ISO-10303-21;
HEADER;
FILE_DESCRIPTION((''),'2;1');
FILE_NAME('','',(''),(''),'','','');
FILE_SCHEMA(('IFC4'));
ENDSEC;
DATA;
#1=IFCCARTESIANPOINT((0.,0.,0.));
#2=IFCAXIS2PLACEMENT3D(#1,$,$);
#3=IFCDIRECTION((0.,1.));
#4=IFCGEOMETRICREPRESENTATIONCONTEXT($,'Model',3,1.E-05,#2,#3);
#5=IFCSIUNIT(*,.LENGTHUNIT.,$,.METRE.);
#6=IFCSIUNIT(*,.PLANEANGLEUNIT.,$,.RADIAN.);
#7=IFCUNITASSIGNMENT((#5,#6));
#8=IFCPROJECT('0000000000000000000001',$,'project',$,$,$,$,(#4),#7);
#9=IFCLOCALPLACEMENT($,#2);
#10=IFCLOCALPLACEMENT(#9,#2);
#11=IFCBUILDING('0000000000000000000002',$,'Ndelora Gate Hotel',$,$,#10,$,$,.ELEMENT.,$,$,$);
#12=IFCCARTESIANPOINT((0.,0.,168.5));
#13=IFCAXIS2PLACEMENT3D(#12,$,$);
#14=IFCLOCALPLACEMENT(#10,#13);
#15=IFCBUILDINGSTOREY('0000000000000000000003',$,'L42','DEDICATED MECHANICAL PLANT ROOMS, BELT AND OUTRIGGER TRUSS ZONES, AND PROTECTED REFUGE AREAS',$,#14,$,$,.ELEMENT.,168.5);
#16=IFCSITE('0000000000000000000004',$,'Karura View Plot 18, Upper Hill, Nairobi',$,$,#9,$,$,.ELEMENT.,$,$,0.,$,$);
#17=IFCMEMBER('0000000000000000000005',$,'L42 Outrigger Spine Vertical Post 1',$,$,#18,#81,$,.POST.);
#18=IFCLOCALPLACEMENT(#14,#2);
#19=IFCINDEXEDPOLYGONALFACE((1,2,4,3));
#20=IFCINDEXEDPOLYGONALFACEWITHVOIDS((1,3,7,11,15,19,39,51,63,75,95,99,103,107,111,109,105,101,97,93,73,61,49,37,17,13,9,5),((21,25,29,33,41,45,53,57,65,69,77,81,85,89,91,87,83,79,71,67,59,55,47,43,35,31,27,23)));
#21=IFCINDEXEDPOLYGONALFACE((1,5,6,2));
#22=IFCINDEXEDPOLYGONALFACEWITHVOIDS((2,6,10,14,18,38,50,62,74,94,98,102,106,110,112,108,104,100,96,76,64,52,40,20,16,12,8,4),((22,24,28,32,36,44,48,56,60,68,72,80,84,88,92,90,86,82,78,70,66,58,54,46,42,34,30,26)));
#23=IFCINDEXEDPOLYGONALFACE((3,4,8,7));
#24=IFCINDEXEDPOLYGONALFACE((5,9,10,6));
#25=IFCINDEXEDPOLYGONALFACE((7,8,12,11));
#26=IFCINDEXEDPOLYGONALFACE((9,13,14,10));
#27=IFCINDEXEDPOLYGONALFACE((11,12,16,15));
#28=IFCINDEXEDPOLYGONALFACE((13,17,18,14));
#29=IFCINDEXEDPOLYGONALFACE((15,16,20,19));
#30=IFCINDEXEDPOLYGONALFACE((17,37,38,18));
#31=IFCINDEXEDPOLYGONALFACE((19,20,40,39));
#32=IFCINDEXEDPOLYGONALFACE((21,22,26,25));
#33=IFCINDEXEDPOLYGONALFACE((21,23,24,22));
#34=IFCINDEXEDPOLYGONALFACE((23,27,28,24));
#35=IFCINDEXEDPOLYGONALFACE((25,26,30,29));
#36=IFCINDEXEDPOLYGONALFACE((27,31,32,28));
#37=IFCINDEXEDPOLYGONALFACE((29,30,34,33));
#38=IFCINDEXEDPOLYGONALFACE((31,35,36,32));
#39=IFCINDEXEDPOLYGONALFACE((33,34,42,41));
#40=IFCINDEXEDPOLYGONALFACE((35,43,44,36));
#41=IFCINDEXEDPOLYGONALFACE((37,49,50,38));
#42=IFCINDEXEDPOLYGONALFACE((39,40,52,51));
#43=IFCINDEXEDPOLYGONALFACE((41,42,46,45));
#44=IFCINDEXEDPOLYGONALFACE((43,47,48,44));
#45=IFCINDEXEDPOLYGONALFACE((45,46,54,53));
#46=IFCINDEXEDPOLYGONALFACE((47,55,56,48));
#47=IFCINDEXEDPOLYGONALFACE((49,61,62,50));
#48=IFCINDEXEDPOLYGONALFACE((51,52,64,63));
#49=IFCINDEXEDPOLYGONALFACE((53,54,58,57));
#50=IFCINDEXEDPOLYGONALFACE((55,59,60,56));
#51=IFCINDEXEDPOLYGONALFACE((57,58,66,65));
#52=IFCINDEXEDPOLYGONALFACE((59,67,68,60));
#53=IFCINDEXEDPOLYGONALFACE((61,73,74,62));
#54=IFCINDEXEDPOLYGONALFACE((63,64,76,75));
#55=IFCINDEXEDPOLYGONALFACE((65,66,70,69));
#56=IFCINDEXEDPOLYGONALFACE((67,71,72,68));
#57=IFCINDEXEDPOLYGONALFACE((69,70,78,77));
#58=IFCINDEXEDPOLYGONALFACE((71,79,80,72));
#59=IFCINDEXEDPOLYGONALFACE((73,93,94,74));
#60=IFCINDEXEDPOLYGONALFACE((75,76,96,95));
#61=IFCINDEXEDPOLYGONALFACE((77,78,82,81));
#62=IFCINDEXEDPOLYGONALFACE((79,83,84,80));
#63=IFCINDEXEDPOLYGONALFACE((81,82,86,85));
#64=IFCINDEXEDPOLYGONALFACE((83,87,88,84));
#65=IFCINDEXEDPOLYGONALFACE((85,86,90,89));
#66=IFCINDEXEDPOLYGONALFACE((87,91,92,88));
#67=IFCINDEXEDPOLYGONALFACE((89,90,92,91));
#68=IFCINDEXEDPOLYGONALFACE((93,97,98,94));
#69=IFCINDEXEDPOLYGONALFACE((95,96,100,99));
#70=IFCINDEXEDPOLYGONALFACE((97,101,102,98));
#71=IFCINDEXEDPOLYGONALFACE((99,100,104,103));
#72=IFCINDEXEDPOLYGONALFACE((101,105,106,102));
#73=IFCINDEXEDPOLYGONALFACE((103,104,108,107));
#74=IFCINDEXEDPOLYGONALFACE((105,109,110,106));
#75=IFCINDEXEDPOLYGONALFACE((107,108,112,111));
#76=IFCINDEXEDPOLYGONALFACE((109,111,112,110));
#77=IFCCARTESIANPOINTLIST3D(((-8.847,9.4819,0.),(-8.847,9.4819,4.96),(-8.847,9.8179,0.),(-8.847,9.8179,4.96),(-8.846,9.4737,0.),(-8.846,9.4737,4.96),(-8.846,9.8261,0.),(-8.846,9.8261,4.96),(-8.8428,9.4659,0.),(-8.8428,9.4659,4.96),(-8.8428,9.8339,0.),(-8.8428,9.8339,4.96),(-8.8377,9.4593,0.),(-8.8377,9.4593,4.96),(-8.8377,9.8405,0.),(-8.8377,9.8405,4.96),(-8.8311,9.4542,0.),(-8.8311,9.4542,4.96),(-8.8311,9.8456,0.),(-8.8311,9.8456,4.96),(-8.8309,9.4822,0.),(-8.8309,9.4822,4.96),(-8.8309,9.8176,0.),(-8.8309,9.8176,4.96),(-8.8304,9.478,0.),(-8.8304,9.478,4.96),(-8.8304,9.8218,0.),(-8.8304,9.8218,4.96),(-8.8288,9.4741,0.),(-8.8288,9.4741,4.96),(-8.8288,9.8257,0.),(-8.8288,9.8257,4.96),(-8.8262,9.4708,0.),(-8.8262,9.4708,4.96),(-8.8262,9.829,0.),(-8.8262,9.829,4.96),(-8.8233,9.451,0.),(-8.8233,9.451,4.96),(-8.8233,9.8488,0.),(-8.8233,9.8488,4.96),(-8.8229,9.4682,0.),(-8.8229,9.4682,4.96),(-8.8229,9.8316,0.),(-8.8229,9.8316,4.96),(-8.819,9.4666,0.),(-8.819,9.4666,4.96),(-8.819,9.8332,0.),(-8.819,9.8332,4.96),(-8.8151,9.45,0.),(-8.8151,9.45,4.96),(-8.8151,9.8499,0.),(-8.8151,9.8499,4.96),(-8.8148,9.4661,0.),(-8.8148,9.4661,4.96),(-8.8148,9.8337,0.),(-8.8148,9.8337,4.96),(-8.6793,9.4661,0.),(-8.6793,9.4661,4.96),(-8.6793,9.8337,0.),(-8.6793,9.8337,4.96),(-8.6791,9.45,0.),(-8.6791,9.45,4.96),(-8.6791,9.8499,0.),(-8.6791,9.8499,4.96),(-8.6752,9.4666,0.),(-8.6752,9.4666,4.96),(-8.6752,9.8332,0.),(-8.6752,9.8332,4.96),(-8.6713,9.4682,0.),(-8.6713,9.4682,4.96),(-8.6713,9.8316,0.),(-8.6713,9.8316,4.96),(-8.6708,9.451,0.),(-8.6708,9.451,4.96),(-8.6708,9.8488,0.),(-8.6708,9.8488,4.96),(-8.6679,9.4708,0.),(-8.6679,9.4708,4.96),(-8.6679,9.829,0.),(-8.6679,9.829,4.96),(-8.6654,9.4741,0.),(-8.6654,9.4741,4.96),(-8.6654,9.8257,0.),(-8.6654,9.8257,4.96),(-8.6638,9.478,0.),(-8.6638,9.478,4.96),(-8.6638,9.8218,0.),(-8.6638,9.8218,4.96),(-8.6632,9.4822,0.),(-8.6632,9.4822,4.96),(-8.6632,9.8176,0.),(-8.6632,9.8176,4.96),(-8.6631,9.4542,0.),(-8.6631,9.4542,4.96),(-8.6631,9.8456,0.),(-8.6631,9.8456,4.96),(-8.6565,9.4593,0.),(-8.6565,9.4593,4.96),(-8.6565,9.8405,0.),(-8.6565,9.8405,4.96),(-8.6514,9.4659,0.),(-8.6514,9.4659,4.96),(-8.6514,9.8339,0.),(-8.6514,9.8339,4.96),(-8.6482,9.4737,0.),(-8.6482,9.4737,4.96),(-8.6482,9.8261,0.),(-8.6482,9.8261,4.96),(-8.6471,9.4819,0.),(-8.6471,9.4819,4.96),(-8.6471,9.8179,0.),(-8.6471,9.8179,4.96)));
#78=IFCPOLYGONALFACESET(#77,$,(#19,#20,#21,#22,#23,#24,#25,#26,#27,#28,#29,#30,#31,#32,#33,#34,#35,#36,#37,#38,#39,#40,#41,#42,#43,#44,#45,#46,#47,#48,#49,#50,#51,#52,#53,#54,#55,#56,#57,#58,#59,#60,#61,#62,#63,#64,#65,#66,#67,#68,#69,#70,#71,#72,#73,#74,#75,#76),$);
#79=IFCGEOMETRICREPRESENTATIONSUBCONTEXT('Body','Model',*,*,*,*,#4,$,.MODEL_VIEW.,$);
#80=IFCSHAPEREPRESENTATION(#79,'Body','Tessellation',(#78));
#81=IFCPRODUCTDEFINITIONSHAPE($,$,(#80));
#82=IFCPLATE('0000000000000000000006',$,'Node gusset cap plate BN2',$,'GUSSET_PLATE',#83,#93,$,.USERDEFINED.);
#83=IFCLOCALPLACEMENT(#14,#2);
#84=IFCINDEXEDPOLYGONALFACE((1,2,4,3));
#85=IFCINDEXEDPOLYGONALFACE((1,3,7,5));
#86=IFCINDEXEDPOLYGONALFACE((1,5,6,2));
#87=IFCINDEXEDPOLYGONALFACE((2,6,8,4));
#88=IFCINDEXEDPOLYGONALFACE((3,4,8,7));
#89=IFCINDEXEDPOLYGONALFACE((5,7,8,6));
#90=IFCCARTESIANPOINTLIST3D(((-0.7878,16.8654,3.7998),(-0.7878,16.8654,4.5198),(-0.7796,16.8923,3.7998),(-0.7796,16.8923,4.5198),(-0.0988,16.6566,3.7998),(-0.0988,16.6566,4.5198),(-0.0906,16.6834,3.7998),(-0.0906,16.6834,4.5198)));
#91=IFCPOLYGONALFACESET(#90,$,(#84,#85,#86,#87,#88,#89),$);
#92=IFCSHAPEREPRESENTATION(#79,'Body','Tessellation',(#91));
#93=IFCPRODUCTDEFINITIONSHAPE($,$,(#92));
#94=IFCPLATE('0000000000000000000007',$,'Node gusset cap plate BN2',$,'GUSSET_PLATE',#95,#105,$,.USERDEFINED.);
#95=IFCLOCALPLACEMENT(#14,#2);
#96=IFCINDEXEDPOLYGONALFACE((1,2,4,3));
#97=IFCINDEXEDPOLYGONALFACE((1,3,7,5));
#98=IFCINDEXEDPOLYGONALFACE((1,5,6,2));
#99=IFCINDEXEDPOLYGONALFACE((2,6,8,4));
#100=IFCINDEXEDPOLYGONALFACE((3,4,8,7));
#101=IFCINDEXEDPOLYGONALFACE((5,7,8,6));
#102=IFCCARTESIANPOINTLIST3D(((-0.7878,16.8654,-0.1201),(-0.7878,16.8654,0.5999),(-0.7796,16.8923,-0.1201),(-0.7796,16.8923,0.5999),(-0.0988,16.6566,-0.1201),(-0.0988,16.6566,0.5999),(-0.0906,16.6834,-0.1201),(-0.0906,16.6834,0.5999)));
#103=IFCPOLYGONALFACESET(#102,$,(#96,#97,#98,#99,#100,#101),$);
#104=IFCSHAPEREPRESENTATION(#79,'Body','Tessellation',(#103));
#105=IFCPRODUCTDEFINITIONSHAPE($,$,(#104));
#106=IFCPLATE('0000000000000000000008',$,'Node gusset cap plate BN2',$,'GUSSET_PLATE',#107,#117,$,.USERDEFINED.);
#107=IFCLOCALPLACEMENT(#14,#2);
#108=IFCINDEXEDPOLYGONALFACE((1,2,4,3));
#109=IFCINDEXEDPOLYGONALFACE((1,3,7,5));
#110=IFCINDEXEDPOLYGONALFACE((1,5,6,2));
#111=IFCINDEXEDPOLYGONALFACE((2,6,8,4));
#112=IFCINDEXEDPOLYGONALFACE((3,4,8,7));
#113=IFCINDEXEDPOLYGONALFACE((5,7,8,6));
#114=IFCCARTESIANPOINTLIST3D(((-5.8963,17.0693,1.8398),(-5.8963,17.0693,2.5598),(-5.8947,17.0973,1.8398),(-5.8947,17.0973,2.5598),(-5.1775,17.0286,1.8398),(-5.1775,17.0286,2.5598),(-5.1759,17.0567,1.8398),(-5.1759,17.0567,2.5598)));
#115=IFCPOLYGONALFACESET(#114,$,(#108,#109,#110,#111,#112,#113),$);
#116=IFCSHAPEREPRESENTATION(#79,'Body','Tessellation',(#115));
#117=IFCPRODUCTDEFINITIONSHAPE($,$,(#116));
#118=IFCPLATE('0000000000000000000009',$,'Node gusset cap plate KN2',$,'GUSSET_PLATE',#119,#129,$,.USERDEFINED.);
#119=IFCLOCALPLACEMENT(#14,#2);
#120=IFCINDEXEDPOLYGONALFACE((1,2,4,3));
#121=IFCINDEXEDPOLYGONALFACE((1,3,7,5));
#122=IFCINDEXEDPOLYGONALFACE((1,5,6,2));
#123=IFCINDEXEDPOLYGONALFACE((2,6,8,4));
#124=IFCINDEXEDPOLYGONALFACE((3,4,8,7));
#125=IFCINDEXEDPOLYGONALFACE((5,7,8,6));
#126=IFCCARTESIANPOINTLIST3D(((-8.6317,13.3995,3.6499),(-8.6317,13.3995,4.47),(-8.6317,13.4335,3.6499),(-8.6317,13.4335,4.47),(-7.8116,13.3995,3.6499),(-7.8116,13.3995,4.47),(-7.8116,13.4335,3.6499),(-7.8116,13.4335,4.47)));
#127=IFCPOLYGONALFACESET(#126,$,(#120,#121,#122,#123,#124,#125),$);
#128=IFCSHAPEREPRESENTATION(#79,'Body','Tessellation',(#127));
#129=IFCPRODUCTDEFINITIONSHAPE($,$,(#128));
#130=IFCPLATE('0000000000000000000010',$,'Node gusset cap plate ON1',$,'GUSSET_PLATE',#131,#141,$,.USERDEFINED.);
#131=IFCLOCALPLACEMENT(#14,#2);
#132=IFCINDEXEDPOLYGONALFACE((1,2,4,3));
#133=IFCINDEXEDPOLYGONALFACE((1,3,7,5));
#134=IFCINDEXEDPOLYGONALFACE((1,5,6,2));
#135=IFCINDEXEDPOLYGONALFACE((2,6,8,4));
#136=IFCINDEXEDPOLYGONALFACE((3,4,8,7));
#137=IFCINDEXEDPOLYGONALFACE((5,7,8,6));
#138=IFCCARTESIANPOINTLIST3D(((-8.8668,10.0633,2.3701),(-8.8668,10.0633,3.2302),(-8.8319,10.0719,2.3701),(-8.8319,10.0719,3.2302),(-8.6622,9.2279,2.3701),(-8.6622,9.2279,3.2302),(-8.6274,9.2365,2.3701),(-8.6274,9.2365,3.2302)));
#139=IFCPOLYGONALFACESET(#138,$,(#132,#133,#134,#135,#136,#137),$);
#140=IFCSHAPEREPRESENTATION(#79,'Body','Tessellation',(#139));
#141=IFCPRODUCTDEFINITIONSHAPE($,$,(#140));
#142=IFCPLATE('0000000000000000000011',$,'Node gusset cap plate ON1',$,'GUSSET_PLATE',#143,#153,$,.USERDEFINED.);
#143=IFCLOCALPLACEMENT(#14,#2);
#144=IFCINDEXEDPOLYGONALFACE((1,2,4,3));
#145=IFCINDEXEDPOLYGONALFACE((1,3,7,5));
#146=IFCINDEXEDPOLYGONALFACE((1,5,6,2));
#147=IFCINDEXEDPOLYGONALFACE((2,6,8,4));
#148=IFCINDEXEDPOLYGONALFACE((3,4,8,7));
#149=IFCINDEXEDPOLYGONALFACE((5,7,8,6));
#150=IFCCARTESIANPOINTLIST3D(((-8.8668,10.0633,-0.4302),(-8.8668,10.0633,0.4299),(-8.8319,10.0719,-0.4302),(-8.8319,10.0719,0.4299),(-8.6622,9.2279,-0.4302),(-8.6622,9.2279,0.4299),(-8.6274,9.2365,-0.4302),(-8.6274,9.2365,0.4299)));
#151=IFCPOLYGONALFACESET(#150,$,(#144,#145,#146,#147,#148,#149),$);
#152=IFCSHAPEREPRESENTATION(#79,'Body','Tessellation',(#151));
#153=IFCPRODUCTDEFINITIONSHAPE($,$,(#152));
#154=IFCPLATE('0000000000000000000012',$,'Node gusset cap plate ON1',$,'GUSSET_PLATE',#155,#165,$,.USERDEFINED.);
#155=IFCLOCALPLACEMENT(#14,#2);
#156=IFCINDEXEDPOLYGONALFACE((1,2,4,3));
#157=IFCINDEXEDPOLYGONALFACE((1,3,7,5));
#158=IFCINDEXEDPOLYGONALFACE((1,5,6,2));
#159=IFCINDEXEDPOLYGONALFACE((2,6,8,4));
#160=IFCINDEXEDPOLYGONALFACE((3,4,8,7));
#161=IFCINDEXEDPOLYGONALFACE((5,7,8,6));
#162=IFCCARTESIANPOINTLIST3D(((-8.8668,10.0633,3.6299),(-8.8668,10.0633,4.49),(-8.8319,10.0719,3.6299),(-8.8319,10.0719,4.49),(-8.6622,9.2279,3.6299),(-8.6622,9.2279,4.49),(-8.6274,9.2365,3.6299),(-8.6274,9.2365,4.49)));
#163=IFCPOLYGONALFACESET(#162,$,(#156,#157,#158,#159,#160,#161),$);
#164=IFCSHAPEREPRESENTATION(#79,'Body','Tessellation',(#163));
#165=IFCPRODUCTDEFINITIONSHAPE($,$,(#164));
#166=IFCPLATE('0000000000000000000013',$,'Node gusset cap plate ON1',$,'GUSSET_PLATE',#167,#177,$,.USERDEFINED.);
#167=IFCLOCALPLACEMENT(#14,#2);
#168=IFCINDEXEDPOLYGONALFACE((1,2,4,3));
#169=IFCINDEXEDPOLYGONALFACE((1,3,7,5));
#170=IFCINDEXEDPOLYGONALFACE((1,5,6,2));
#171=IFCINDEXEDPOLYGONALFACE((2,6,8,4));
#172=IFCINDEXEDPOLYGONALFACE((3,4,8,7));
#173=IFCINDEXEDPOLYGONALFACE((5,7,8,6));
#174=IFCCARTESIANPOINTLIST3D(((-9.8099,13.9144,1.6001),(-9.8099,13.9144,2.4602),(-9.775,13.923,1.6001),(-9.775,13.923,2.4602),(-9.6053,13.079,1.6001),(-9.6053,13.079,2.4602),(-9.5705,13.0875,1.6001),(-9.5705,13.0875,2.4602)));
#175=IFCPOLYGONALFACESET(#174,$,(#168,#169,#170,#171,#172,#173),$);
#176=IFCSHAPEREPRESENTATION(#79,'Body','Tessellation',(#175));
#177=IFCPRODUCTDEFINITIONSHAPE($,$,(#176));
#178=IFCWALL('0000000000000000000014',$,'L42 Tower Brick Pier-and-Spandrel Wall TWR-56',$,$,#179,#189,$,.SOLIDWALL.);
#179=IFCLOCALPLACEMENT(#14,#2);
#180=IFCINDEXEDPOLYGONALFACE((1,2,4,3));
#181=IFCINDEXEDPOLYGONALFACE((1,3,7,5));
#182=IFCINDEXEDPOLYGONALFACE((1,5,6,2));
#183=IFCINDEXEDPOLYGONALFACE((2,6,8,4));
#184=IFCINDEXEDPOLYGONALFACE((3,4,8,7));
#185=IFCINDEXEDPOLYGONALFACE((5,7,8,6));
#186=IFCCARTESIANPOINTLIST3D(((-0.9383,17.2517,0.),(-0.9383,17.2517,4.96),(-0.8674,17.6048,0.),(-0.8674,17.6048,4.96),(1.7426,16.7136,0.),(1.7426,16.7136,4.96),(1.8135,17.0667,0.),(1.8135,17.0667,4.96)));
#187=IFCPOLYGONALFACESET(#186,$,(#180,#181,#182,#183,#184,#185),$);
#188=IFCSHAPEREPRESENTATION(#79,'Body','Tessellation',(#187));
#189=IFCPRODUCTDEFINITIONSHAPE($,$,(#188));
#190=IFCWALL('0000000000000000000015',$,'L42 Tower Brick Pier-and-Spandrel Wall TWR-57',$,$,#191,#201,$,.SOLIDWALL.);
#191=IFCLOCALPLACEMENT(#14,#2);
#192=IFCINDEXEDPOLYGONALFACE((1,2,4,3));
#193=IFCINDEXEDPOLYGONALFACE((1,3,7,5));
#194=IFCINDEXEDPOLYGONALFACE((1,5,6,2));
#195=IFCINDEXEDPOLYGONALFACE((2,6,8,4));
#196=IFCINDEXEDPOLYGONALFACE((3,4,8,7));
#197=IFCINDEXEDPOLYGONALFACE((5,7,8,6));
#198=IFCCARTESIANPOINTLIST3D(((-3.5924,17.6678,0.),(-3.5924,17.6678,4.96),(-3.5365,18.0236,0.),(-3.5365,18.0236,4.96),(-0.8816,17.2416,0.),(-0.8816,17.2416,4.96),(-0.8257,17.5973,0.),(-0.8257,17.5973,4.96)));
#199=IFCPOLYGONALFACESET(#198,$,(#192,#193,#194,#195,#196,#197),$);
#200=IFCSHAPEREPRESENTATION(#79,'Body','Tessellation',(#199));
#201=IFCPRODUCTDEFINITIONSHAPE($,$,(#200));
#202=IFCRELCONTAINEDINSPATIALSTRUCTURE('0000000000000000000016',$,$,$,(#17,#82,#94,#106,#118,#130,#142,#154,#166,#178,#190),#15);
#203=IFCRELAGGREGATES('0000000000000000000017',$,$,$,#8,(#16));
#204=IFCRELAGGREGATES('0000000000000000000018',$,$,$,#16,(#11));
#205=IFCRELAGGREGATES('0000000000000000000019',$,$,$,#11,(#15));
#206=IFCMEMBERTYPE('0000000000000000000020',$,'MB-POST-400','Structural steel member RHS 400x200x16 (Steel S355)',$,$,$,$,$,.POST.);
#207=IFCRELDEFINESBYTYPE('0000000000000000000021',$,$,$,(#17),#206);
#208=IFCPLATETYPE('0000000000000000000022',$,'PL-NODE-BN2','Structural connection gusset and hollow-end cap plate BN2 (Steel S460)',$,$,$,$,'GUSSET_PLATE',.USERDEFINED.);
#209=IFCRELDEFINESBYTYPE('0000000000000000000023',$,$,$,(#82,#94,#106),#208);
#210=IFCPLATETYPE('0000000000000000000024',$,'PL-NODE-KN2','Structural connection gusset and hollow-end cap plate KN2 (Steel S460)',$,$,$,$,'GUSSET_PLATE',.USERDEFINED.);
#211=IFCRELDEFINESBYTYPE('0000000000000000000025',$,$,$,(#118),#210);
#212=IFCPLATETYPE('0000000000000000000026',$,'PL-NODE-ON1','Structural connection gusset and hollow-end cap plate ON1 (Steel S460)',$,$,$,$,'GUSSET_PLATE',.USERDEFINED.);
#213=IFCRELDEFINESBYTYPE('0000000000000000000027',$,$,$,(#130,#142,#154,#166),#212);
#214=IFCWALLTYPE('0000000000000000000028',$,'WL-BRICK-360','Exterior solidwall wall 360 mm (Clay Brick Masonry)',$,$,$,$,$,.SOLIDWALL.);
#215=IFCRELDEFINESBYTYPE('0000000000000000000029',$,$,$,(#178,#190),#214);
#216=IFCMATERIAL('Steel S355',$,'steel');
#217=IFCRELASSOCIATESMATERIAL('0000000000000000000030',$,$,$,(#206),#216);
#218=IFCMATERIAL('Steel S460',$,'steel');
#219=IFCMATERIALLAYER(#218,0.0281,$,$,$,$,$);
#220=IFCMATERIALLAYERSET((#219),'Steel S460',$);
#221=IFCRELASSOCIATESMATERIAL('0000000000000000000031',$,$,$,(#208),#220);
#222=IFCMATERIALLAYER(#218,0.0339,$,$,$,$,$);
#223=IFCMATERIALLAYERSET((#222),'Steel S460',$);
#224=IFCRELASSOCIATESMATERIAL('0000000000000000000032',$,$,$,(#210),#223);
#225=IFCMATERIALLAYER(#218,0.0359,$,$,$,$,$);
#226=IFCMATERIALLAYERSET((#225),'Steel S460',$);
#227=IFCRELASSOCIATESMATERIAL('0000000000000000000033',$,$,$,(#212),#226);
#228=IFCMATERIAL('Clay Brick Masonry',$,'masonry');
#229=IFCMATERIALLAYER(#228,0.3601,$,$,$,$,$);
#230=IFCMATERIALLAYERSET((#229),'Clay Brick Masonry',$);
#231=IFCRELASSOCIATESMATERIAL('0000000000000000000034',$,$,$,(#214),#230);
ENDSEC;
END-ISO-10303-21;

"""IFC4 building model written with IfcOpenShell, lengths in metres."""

from ifc_helpers import new_model, si_unit, direction, frame, frame_2d, origin, origin_2d, place, context, subcontext, project, spatial, rectangle, hollow_rectangle, extrude, material, layer, layer_set, material_profile, profile_set, type_object, element, save


model = new_model("IFC4")

# Units and contexts
model_context = context("Model", 3, precision=1e-05, world=origin(), true_north=direction((0.0, 1.0)))
body_context = subcontext(model_context, "Body", "Model", "MODEL_VIEW")
ifc_project = project(units=[si_unit("LENGTHUNIT", "METRE"), si_unit("PLANEANGLEUNIT", "RADIAN")], contexts=[model_context])

# Site, building, storey
site_placement = place(None, origin())
site = spatial("IfcSite", under=ifc_project, at=site_placement, Name="Karura View Plot 18, Upper Hill, Nairobi", CompositionType="ELEMENT", RefElevation=0.0)
building_placement = place(site_placement, origin())
building = spatial("IfcBuilding", under=site, at=building_placement, Name="Ndelora Gate Hotel", CompositionType="ELEMENT")
storey_placement = place(building_placement, frame((0.0, 0.0, 168.5)))
storey = spatial("IfcBuildingStorey", under=building, at=storey_placement, Name="L42", Description="DEDICATED MECHANICAL PLANT ROOMS, BELT AND OUTRIGGER TRUSS ZONES, AND PROTECTED REFUGE AREAS", CompositionType="ELEMENT", Elevation=168.5)

# Shared definitions
ifc_material_1 = material(Name="Steel S460", Category="steel")

# Member
ifc_material_2 = material(Name="Steel S355", Category="steel")
ifc_material_profile_1 = material_profile(ifc_material_2, hollow_rectangle(XDim=0.2, YDim=0.3999, WallThickness=0.0161, InnerFilletRadius=0.0161, OuterFilletRadius=0.032, at=origin_2d()), Name="RHS 400x200x16")
ifc_profile_set_1 = profile_set([ifc_material_profile_1], Name="Steel S355")
member_type_1 = type_object("IfcMemberType", Name="MB-POST-400", Description="Structural steel member RHS 400x200x16 (Steel S355)", PredefinedType="POST", material=ifc_profile_set_1)
member_1_placement = place(storey_placement, frame((-8.7471, 9.6499, 0.0), z_axis=(0.0, 0.0, 1.0), x_axis=(1.0, 0.0, 0.0)))
element("IfcMember", 1, at=member_1_placement, inside=storey, type_object=member_type_1, Name="L42 Outrigger Spine Vertical Post 1", PredefinedType="POST", context=body_context, shape_type="SweptSolid", body=[
    extrude(hollow_rectangle(XDim=0.2, YDim=0.3999, WallThickness=0.0161, InnerFilletRadius=0.0161, OuterFilletRadius=0.032, at=origin_2d()), origin(), (0.0, 0.0, 1.0), 4.96),
])

# Plates
ifc_layer_1 = layer(ifc_material_1, 0.0281)
ifc_layer_set_1 = layer_set([ifc_layer_1], Name="Steel S460")
plate_type_1 = type_object("IfcPlateType", Name="PL-NODE-BN2", Description="Structural connection gusset and hollow-end cap plate BN2 (Steel S460)", ElementType="GUSSET_PLATE", PredefinedType="USERDEFINED", material=ifc_layer_set_1)
for number, where, z_axis, x_axis, name in (
    (2, (-0.4392, 16.7744, 3.7998), (0.0, 0.0, 1.0), (-0.957016, 0.290034, 0.0), "Node gusset cap plate BN2"),
    (3, (-0.4392, 16.7744, -0.1201), (0.0, 0.0, 1.0), (-0.957016, 0.290034, 0.0), "Node gusset cap plate BN2"),
    (4, (-5.5361, 17.063, 1.8398), (0.0, 0.0, 1.0), (-0.998402, 0.056519, 0.0), "Node gusset cap plate BN2"),
):
    element("IfcPlate", number, at=place(storey_placement, frame(where, z_axis=z_axis, x_axis=x_axis)), inside=storey, type_object=plate_type_1, Name=name, ObjectType="GUSSET_PLATE", PredefinedType="USERDEFINED", context=body_context, shape_type="SweptSolid", body=[
        extrude(rectangle(XDim=0.72, YDim=0.0281, at=origin_2d()), origin(), (0.0, 0.0, 1.0), 0.72),
    ])
ifc_layer_2 = layer(ifc_material_1, 0.0339)
ifc_layer_set_2 = layer_set([ifc_layer_2], Name="Steel S460")
plate_type_2 = type_object("IfcPlateType", Name="PL-NODE-KN2", Description="Structural connection gusset and hollow-end cap plate KN2 (Steel S460)", ElementType="GUSSET_PLATE", PredefinedType="USERDEFINED", material=ifc_layer_set_2)
plate_placement = place(storey_placement, frame((-8.2217, 13.4165, 3.6499), z_axis=(0.0, 0.0, 1.0), x_axis=(1.0, 0.0, 0.0)))
element("IfcPlate", 5, at=plate_placement, inside=storey, type_object=plate_type_2, Name="Node gusset cap plate KN2", ObjectType="GUSSET_PLATE", PredefinedType="USERDEFINED", context=body_context, shape_type="SweptSolid", body=[
    extrude(rectangle(XDim=0.8201, YDim=0.0339, at=origin_2d()), origin(), (0.0, 0.0, 1.0), 0.8201),
])
ifc_layer_3 = layer(ifc_material_1, 0.0359)
ifc_layer_set_3 = layer_set([ifc_layer_3], Name="Steel S460")
plate_type_3 = type_object("IfcPlateType", Name="PL-NODE-ON1", Description="Structural connection gusset and hollow-end cap plate ON1 (Steel S460)", ElementType="GUSSET_PLATE", PredefinedType="USERDEFINED", material=ifc_layer_set_3)
for number, where, z_axis, x_axis, name in (
    (6, (-8.7471, 9.6499, 2.3701), (0.0, 0.0, 1.0), (-0.237855, 0.971301, 0.0), "Node gusset cap plate ON1"),
    (7, (-8.7471, 9.6499, -0.4302), (0.0, 0.0, 1.0), (-0.237855, 0.971301, 0.0), "Node gusset cap plate ON1"),
    (8, (-8.7471, 9.6499, 3.6299), (0.0, 0.0, 1.0), (-0.237855, 0.971301, 0.0), "Node gusset cap plate ON1"),
    (9, (-9.6902, 13.501, 1.6001), (0.0, 0.0, 1.0), (-0.237855, 0.971301, 0.0), "Node gusset cap plate ON1"),
):
    element("IfcPlate", number, at=place(storey_placement, frame(where, z_axis=z_axis, x_axis=x_axis)), inside=storey, type_object=plate_type_3, Name=name, ObjectType="GUSSET_PLATE", PredefinedType="USERDEFINED", context=body_context, shape_type="SweptSolid", body=[
        extrude(rectangle(XDim=0.8601, YDim=0.0359, at=origin_2d()), origin(), (0.0, 0.0, 1.0), 0.8601),
    ])

# Walls
ifc_material_3 = material(Name="Clay Brick Masonry", Category="masonry")
ifc_layer_4 = layer(ifc_material_3, 0.3601)
ifc_layer_set_4 = layer_set([ifc_layer_4], Name="Clay Brick Masonry")
wall_type_1 = type_object("IfcWallType", Name="WL-BRICK-360", Description="Exterior solidwall wall 360 mm (Clay Brick Masonry)", PredefinedType="SOLIDWALL", material=ifc_layer_set_4)
wall_1_placement = place(storey_placement, frame((-0.9028, 17.4282, 0.0), z_axis=(0.0, 0.0, 1.0), x_axis=(0.980447, -0.196786, 0.0)))
element("IfcWall", 10, at=wall_1_placement, inside=storey, type_object=wall_type_1, Name="L42 Tower Brick Pier-and-Spandrel Wall TWR-56", PredefinedType="SOLIDWALL", context=body_context, shape_type="SweptSolid", body=[
    extrude(rectangle(XDim=2.7344, YDim=0.3601, at=frame_2d((1.3672, 0.0))), origin(), (0.0, 0.0, 1.0), 4.96),
])
wall_2_placement = place(storey_placement, frame((-3.5645, 17.8457, 0.0), z_axis=(0.0, 0.0, 1.0), x_axis=(0.987862, -0.155332, 0.0)))
element("IfcWall", 11, at=wall_2_placement, inside=storey, type_object=wall_type_1, Name="L42 Tower Brick Pier-and-Spandrel Wall TWR-57", PredefinedType="SOLIDWALL", context=body_context, shape_type="SweptSolid", body=[
    extrude(rectangle(XDim=2.7441, YDim=0.3601, at=frame_2d((1.3721, 0.0))), origin(), (0.0, 0.0, 1.0), 4.96),
])

save(model, "model.ifc")
